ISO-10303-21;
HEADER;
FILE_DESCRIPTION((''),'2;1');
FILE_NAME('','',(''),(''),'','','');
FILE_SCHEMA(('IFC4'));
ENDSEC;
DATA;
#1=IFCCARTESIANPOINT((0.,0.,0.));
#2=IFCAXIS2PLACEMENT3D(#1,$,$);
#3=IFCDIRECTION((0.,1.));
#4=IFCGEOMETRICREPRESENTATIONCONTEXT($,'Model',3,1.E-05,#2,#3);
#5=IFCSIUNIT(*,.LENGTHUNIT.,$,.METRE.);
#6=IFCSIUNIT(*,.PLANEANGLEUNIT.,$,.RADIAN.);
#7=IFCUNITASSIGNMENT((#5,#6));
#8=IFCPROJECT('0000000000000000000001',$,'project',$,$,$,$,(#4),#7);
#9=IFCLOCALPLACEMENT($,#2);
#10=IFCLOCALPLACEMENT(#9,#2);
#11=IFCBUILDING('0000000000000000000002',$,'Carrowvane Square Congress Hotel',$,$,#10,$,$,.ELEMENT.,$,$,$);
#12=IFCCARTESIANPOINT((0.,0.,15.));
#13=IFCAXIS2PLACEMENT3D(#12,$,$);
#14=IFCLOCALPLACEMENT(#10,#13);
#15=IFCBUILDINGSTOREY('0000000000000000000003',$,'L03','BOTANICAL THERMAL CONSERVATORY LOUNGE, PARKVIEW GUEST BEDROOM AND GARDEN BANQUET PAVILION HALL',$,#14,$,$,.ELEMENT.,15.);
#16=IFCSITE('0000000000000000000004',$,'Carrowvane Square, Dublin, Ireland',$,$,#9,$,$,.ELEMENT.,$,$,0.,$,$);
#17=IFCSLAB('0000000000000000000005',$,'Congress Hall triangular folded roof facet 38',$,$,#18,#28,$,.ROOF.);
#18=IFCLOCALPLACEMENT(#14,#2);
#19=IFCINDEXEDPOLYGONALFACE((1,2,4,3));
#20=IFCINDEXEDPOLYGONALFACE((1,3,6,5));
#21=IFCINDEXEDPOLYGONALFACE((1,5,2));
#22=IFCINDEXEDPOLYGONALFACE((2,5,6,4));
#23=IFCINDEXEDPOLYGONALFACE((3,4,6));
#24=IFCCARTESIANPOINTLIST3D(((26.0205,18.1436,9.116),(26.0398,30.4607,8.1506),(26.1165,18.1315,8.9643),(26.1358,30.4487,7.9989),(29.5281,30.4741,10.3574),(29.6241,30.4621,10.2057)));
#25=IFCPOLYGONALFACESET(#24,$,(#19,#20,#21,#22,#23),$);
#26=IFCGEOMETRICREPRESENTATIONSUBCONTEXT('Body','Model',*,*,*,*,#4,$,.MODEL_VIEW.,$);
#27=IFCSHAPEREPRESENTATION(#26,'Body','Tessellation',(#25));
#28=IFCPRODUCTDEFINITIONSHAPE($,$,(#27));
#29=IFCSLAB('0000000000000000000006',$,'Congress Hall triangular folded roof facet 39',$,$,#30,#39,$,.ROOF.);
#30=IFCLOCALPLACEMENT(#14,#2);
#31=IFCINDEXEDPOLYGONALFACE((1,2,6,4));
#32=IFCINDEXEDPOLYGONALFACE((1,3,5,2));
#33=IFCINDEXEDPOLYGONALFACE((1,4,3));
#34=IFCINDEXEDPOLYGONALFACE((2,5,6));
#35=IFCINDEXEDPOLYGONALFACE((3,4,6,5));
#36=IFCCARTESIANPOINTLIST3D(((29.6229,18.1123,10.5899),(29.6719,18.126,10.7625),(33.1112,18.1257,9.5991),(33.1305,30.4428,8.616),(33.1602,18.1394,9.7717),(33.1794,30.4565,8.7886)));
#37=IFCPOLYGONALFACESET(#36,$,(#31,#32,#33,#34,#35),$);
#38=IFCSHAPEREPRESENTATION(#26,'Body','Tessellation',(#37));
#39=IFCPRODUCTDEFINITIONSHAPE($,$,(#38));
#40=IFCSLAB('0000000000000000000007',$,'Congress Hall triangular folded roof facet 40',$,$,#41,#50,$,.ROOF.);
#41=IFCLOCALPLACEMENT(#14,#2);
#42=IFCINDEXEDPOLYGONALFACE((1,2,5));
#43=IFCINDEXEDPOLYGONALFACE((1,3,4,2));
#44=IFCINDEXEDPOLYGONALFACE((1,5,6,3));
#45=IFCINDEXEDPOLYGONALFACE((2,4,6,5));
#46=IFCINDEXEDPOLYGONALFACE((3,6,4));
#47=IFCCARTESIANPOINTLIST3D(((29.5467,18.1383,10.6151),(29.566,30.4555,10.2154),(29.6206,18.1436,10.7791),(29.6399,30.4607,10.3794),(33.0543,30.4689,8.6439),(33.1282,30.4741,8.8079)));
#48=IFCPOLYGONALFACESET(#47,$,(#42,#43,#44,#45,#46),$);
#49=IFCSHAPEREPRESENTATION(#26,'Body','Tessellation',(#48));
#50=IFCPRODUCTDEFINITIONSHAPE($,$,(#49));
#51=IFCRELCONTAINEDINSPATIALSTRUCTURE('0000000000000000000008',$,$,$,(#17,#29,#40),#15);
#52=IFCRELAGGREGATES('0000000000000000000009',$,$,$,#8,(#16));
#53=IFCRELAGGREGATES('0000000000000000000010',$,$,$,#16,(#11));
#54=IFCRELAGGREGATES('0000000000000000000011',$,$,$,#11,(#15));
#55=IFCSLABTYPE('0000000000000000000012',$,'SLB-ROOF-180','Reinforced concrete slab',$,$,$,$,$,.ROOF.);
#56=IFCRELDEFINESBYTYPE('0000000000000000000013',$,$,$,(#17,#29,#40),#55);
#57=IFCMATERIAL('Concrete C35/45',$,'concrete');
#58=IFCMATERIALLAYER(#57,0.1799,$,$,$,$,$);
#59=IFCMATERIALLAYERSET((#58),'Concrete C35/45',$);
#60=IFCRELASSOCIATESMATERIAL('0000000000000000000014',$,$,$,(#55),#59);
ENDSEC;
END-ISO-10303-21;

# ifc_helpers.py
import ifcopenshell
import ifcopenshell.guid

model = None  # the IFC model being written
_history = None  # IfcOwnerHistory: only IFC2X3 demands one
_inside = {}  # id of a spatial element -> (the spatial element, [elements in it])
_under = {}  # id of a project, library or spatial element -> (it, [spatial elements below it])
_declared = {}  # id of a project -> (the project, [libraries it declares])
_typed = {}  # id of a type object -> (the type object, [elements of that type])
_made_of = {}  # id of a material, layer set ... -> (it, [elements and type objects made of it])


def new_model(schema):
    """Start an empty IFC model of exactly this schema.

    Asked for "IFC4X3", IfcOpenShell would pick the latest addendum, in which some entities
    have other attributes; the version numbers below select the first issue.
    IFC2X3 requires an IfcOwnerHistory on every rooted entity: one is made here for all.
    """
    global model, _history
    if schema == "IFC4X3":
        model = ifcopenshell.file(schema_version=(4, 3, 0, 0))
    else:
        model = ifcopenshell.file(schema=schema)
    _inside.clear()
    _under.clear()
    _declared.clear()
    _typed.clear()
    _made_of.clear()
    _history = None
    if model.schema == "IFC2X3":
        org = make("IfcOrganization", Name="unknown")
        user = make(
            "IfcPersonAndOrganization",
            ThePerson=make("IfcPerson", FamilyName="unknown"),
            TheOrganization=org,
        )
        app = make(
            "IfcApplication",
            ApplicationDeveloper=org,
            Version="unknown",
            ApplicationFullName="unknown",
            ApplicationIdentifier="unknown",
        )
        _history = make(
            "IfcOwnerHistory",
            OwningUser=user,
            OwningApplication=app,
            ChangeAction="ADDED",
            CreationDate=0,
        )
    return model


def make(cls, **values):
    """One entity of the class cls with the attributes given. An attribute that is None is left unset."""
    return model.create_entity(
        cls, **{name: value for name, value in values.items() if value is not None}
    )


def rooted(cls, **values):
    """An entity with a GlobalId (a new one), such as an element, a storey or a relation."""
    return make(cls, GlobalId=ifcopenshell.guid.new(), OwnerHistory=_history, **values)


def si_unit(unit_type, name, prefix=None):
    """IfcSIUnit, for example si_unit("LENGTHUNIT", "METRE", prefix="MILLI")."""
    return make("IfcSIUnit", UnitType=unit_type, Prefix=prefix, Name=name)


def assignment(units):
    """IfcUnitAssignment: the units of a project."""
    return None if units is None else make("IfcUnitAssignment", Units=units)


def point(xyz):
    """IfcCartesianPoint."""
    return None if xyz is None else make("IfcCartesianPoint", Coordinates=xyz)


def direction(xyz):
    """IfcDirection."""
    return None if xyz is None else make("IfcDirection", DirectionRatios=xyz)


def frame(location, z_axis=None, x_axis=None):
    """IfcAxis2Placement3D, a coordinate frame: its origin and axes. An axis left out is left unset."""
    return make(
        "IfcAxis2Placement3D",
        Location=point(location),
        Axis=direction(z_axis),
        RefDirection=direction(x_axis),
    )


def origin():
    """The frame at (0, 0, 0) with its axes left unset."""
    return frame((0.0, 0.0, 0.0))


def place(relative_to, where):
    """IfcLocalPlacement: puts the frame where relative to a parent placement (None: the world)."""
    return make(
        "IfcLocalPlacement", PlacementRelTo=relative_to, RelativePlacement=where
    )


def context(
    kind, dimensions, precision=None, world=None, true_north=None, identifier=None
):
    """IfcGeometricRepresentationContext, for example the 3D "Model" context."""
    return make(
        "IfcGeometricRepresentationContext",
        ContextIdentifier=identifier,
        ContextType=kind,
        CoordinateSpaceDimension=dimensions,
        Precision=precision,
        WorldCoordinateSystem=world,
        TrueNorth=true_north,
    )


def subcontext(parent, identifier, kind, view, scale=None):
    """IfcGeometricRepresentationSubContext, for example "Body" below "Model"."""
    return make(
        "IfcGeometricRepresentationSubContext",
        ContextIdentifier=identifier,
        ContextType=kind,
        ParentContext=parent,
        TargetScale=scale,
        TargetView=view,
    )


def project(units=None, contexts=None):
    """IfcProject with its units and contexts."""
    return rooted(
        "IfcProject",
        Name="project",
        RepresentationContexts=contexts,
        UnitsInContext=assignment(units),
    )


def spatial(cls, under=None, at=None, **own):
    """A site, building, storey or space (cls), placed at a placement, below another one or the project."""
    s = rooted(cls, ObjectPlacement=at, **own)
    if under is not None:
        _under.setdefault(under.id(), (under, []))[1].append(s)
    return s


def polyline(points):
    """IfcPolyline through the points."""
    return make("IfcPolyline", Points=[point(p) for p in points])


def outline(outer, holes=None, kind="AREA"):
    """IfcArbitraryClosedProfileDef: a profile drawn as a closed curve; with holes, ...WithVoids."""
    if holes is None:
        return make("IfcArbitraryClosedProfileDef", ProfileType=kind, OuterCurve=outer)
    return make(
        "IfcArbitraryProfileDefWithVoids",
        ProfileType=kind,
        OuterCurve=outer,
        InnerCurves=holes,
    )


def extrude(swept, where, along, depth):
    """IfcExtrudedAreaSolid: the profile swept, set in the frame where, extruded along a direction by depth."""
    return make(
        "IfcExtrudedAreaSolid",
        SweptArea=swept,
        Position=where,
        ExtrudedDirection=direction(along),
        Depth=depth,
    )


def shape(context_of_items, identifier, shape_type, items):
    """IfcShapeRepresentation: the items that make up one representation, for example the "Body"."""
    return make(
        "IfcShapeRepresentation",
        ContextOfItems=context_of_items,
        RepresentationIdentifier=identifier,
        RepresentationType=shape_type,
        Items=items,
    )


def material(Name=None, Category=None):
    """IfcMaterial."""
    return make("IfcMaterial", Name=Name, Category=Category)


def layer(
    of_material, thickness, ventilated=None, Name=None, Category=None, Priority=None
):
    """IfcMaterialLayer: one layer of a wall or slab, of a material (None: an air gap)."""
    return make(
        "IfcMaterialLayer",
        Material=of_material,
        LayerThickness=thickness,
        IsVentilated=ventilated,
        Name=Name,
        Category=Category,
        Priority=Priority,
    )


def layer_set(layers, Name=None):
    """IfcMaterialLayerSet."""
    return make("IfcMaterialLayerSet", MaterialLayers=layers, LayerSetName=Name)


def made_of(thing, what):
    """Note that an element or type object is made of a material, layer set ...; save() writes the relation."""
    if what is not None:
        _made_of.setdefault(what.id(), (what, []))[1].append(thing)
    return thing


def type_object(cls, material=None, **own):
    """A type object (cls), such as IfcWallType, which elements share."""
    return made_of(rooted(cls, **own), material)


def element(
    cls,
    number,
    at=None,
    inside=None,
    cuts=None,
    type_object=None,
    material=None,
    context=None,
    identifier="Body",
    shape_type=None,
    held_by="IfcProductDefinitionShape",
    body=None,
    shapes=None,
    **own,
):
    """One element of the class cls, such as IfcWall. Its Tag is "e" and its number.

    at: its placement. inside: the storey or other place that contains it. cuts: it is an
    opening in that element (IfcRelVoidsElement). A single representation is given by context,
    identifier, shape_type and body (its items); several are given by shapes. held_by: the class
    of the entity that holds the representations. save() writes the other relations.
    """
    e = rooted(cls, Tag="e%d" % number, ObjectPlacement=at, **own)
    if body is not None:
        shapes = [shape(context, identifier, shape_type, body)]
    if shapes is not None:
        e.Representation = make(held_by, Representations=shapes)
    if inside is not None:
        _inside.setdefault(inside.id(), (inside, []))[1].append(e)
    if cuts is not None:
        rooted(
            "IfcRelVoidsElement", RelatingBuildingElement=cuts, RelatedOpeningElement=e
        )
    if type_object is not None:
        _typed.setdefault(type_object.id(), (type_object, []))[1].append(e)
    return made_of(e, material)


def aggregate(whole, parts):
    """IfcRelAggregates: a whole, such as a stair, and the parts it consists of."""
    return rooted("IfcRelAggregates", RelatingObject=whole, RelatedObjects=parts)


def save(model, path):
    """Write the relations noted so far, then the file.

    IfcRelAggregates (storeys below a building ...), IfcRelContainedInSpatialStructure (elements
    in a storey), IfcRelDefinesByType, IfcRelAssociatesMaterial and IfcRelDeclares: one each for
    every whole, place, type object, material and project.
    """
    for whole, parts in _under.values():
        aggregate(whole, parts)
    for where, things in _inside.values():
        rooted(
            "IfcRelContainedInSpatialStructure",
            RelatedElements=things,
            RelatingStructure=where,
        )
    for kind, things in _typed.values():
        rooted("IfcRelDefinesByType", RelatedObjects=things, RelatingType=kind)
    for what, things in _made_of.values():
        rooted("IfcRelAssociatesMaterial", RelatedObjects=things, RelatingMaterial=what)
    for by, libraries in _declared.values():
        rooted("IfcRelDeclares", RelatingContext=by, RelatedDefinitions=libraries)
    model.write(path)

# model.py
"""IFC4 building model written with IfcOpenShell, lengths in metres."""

from ifc_helpers import new_model, si_unit, direction, frame, origin, place, context, subcontext, project, spatial, polyline, outline, extrude, material, layer, layer_set, type_object, element, save


model = new_model("IFC4")

# Units and contexts
model_context = context("Model", 3, precision=1e-05, world=origin(), true_north=direction((0.0, 1.0)))
body_context = subcontext(model_context, "Body", "Model", "MODEL_VIEW")
ifc_project = project(units=[si_unit("LENGTHUNIT", "METRE"), si_unit("PLANEANGLEUNIT", "RADIAN")], contexts=[model_context])

# Site, building, storey
site_placement = place(None, origin())
site = spatial("IfcSite", under=ifc_project, at=site_placement, Name="Carrowvane Square, Dublin, Ireland", CompositionType="ELEMENT", RefElevation=0.0)
building_placement = place(site_placement, origin())
building = spatial("IfcBuilding", under=site, at=building_placement, Name="Carrowvane Square Congress Hotel", CompositionType="ELEMENT")
storey_placement = place(building_placement, frame((0.0, 0.0, 15.0)))
storey = spatial("IfcBuildingStorey", under=building, at=storey_placement, Name="L03", Description="BOTANICAL THERMAL CONSERVATORY LOUNGE, PARKVIEW GUEST BEDROOM AND GARDEN BANQUET PAVILION HALL", CompositionType="ELEMENT", Elevation=15.0)

# Slabs
ifc_material_1 = material(Name="Concrete C35/45", Category="concrete")
ifc_layer_1 = layer(ifc_material_1, 0.1799)
ifc_layer_set_1 = layer_set([ifc_layer_1], Name="Concrete C35/45")
slab_type = type_object("IfcSlabType", Name="SLB-ROOF-180", Description="Reinforced concrete slab", PredefinedType="ROOF", material=ifc_layer_set_1)
slab_1_placement = place(storey_placement, frame((26.0205, 18.1436, 9.116), z_axis=(-0.533613, 0.06691, 0.843078), x_axis=(0.272333, 0.957363, 0.096388)))
element("IfcSlab", 1, at=slab_1_placement, inside=storey, type_object=slab_type, Name="Congress Hall triangular folded roof facet 38", PredefinedType="ROOF", context=body_context, shape_type="SweptSolid", body=[
    extrude(outline(polyline([(0.0, 0.0), (12.8797, 0.0), (11.7042, 3.9568), (0.0, 0.0)])), origin(), (0.0, 0.0, -1.0), 0.1799),
])
slab_2_placement = place(storey_placement, frame((29.6719, 18.126, 10.7625), z_axis=(0.272145, 0.07614, 0.959239), x_axis=(0.961948, 0.003703, -0.273207)))
element("IfcSlab", 2, at=slab_2_placement, inside=storey, type_object=slab_type, Name="Congress Hall triangular folded roof facet 39", PredefinedType="ROOF", context=body_context, shape_type="SweptSolid", body=[
    extrude(outline(polyline([(0.0, 0.0), (3.6263, 0.0), (3.959, 12.3518), (0.0, 0.0)])), origin(), (0.0, 0.0, -1.0), 0.1799),
])
slab_3_placement = place(storey_placement, frame((29.6206, 18.1436, 10.7791), z_axis=(0.410493, 0.02893, 0.911405), x_axis=(0.270429, 0.950669, -0.151976)))
element("IfcSlab", 3, at=slab_3_placement, inside=storey, type_object=slab_type, Name="Congress Hall triangular folded roof facet 40", PredefinedType="ROOF", context=body_context, shape_type="SweptSolid", body=[
    extrude(outline(polyline([(0.0, 0.0), (12.9704, 0.0), (11.7755, 3.6346), (0.0, 0.0)])), origin(), (0.0, 0.0, -1.0), 0.1799),
])

save(model, "model.ifc")
